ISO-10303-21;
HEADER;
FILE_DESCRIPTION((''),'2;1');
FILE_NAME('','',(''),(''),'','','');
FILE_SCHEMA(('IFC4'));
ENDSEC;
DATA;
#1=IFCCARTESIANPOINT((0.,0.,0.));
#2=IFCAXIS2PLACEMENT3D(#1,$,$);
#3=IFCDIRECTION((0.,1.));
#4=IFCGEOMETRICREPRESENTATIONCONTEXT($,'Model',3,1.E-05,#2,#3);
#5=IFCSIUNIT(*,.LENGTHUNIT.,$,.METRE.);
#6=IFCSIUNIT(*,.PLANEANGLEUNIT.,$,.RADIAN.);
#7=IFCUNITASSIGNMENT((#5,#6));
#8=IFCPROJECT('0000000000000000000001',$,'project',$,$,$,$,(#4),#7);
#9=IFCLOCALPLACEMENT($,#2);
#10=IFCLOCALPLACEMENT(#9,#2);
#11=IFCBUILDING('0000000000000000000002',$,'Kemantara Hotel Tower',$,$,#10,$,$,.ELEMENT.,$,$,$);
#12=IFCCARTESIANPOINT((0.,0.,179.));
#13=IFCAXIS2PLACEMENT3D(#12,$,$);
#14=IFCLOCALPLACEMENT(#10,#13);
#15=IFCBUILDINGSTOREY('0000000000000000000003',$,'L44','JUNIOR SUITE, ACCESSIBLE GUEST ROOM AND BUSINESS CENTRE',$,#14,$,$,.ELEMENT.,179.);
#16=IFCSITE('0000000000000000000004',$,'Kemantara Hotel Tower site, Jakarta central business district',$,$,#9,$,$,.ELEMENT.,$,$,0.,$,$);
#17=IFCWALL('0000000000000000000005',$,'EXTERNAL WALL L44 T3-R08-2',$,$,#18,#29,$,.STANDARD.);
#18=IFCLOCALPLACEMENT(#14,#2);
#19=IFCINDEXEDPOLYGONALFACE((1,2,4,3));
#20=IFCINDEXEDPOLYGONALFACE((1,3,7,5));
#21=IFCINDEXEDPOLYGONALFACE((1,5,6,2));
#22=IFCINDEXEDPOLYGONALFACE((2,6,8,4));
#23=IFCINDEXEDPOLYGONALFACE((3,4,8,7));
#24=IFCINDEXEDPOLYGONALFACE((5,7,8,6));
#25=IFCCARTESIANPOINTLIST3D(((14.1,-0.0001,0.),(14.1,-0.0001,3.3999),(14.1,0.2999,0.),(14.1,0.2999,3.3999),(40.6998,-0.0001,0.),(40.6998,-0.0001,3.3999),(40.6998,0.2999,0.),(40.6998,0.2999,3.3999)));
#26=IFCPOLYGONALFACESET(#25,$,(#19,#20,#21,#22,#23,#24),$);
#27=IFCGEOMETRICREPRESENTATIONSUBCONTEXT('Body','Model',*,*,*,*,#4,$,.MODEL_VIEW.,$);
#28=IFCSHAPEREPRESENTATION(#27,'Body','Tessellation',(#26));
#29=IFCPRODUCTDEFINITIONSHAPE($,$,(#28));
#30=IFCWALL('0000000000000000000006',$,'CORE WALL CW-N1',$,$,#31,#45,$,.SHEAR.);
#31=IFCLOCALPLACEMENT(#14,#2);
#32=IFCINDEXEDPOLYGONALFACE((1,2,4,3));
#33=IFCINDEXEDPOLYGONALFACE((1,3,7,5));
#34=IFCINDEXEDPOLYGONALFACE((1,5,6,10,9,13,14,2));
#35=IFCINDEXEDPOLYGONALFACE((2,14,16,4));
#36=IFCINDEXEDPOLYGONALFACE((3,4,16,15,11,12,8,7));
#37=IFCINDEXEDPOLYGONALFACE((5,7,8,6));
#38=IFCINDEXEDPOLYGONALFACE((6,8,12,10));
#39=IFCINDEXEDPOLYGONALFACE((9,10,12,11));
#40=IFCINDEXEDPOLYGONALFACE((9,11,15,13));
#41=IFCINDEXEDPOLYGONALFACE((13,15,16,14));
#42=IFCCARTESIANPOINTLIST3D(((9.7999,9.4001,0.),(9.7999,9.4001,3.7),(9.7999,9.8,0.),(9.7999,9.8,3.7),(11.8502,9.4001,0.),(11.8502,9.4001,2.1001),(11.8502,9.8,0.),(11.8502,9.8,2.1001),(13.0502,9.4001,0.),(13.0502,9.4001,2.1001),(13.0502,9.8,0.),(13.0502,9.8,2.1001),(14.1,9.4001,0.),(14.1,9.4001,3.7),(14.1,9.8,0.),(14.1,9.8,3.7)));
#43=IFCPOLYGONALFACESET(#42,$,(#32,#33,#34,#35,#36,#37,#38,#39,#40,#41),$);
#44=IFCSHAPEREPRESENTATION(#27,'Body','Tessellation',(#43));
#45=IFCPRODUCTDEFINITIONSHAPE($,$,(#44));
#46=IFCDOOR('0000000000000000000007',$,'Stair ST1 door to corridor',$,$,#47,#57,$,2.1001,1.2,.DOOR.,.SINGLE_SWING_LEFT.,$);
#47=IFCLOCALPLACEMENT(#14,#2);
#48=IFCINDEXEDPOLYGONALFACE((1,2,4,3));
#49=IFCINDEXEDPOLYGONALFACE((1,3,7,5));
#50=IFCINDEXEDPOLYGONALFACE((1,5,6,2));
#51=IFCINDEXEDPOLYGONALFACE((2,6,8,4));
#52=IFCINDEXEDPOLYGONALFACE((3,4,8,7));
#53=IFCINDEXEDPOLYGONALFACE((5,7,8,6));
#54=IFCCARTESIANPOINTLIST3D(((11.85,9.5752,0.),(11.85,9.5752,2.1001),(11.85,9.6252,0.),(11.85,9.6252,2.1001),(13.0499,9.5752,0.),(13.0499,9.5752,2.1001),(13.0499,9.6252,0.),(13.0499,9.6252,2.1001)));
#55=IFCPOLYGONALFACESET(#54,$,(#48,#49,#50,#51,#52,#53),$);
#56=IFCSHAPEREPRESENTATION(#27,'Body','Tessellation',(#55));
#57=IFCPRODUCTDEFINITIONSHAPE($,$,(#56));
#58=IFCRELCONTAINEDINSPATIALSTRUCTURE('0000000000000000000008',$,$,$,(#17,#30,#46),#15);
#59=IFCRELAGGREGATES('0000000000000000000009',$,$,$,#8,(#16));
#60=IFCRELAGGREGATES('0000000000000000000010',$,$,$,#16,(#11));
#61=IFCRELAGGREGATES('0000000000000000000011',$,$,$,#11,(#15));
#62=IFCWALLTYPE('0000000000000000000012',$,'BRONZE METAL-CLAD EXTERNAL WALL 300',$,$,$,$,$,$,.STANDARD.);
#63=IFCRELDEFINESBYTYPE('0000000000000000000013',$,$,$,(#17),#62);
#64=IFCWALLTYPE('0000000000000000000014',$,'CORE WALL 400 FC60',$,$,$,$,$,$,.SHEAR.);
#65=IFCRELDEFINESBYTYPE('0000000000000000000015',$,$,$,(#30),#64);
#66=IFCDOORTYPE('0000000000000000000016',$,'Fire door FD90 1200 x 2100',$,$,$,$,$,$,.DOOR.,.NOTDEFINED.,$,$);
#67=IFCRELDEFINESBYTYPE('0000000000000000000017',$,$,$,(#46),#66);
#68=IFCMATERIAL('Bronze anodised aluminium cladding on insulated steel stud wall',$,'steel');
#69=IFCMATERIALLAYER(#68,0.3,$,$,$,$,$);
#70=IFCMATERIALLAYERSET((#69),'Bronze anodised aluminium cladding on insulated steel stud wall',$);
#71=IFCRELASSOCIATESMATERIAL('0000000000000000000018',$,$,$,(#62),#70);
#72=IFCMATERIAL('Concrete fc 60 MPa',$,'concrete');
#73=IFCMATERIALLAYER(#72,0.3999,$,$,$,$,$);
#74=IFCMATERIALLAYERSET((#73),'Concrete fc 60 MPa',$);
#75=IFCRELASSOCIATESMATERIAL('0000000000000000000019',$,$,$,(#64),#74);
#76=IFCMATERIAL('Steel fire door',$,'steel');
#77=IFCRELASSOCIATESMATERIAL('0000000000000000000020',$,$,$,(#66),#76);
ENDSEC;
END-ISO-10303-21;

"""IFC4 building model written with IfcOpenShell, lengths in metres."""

from ifc_helpers import new_model, si_unit, direction, frame, frame_2d, origin, place, context, subcontext, project, spatial, rectangle, extrude, material, layer, layer_set, type_object, element, fill, save


model = new_model("IFC4")

# Units and contexts
model_context = context("Model", 3, precision=1e-05, world=origin(), true_north=direction((0.0, 1.0)))
body_context = subcontext(model_context, "Body", "Model", "MODEL_VIEW")
ifc_project = project(units=[si_unit("LENGTHUNIT", "METRE"), si_unit("PLANEANGLEUNIT", "RADIAN")], contexts=[model_context])

# Site, building, storey
site_placement = place(None, origin())
site = spatial("IfcSite", under=ifc_project, at=site_placement, Name="Kemantara Hotel Tower site, Jakarta central business district", CompositionType="ELEMENT", RefElevation=0.0)
building_placement = place(site_placement, origin())
building = spatial("IfcBuilding", under=site, at=building_placement, Name="Kemantara Hotel Tower", CompositionType="ELEMENT")
storey_placement = place(building_placement, frame((0.0, 0.0, 179.0)))
storey = spatial("IfcBuildingStorey", under=building, at=storey_placement, Name="L44", Description="JUNIOR SUITE, ACCESSIBLE GUEST ROOM AND BUSINESS CENTRE", CompositionType="ELEMENT", Elevation=179.0)

# Wall
ifc_material_1 = material(Name="Bronze anodised aluminium cladding on insulated steel stud wall", Category="steel")
ifc_layer_1 = layer(ifc_material_1, 0.3)
ifc_layer_set_1 = layer_set([ifc_layer_1], Name="Bronze anodised aluminium cladding on insulated steel stud wall")
wall_type_1 = type_object("IfcWallType", Name="BRONZE METAL-CLAD EXTERNAL WALL 300", PredefinedType="STANDARD", material=ifc_layer_set_1)
wall_1_placement = place(storey_placement, frame((14.1001, 0.1499, 0.0), z_axis=(0.0, 0.0, 1.0), x_axis=(1.0, 0.0, 0.0)))
element("IfcWall", 1, at=wall_1_placement, inside=storey, type_object=wall_type_1, Name="EXTERNAL WALL L44 T3-R08-2", PredefinedType="STANDARD", context=body_context, shape_type="SweptSolid", body=[
    extrude(rectangle(XDim=26.5999, YDim=0.3, at=frame_2d((13.2998, 0.0))), origin(), (0.0, 0.0, 1.0), 3.3999),
])

# Wall, opening, door
ifc_material_2 = material(Name="Concrete fc 60 MPa", Category="concrete")
ifc_layer_2 = layer(ifc_material_2, 0.3999)
ifc_layer_set_2 = layer_set([ifc_layer_2], Name="Concrete fc 60 MPa")
wall_type_2 = type_object("IfcWallType", Name="CORE WALL 400 FC60", PredefinedType="SHEAR", material=ifc_layer_set_2)
wall_2_placement = place(storey_placement, frame((9.8, 9.6001, 0.0), z_axis=(0.0, 0.0, 1.0), x_axis=(1.0, 0.0, 0.0)))
wall_2 = element("IfcWall", 2, at=wall_2_placement, inside=storey, type_object=wall_type_2, Name="CORE WALL CW-N1", PredefinedType="SHEAR", context=body_context, shape_type="SweptSolid", body=[
    extrude(rectangle(XDim=4.3, YDim=0.3999, at=frame_2d((2.1499, 0.0))), origin(), (0.0, 0.0, 1.0), 3.7),
])
opening_1_placement = place(wall_2_placement, frame((2.05, 0.0, 0.0)))
opening_1 = element("IfcOpeningElement", 3, at=opening_1_placement, cuts=wall_2, PredefinedType="OPENING", context=body_context, shape_type="SweptSolid", body=[
    extrude(rectangle(XDim=1.2, YDim=2.1001, at=frame_2d((0.6001, 1.05))), frame((0.0, 0.21, 0.0), z_axis=(0.0, -1.0, 0.0), x_axis=(1.0, 0.0, 0.0)), (0.0, 0.0, 1.0), 0.4199),
])
ifc_material_3 = material(Name="Steel fire door", Category="steel")
door_type_1 = type_object("IfcDoorType", Name="Fire door FD90 1200 x 2100", OperationType="NOTDEFINED", PredefinedType="DOOR", material=ifc_material_3)
door_1_placement = place(opening_1_placement, frame((1.2, 0.0, 0.0), z_axis=(0.0, 0.0, 1.0), x_axis=(-1.0, 0.0, 0.0)))
door_1 = element("IfcDoor", 4, at=door_1_placement, inside=storey, type_object=door_type_1, Name="Stair ST1 door to corridor", OperationType="SINGLE_SWING_LEFT", OverallHeight=2.1001, OverallWidth=1.2, PredefinedType="DOOR", context=body_context, shape_type="SweptSolid", body=[
    extrude(rectangle(XDim=1.2, YDim=2.1001, at=frame_2d((0.6001, 1.05))), frame((0.0, 0.0249, 0.0), z_axis=(0.0, -1.0, 0.0), x_axis=(1.0, 0.0, 0.0)), (0.0, 0.0, 1.0), 0.05),
])
fill(opening_1, door_1)

save(model, "model.ifc")
